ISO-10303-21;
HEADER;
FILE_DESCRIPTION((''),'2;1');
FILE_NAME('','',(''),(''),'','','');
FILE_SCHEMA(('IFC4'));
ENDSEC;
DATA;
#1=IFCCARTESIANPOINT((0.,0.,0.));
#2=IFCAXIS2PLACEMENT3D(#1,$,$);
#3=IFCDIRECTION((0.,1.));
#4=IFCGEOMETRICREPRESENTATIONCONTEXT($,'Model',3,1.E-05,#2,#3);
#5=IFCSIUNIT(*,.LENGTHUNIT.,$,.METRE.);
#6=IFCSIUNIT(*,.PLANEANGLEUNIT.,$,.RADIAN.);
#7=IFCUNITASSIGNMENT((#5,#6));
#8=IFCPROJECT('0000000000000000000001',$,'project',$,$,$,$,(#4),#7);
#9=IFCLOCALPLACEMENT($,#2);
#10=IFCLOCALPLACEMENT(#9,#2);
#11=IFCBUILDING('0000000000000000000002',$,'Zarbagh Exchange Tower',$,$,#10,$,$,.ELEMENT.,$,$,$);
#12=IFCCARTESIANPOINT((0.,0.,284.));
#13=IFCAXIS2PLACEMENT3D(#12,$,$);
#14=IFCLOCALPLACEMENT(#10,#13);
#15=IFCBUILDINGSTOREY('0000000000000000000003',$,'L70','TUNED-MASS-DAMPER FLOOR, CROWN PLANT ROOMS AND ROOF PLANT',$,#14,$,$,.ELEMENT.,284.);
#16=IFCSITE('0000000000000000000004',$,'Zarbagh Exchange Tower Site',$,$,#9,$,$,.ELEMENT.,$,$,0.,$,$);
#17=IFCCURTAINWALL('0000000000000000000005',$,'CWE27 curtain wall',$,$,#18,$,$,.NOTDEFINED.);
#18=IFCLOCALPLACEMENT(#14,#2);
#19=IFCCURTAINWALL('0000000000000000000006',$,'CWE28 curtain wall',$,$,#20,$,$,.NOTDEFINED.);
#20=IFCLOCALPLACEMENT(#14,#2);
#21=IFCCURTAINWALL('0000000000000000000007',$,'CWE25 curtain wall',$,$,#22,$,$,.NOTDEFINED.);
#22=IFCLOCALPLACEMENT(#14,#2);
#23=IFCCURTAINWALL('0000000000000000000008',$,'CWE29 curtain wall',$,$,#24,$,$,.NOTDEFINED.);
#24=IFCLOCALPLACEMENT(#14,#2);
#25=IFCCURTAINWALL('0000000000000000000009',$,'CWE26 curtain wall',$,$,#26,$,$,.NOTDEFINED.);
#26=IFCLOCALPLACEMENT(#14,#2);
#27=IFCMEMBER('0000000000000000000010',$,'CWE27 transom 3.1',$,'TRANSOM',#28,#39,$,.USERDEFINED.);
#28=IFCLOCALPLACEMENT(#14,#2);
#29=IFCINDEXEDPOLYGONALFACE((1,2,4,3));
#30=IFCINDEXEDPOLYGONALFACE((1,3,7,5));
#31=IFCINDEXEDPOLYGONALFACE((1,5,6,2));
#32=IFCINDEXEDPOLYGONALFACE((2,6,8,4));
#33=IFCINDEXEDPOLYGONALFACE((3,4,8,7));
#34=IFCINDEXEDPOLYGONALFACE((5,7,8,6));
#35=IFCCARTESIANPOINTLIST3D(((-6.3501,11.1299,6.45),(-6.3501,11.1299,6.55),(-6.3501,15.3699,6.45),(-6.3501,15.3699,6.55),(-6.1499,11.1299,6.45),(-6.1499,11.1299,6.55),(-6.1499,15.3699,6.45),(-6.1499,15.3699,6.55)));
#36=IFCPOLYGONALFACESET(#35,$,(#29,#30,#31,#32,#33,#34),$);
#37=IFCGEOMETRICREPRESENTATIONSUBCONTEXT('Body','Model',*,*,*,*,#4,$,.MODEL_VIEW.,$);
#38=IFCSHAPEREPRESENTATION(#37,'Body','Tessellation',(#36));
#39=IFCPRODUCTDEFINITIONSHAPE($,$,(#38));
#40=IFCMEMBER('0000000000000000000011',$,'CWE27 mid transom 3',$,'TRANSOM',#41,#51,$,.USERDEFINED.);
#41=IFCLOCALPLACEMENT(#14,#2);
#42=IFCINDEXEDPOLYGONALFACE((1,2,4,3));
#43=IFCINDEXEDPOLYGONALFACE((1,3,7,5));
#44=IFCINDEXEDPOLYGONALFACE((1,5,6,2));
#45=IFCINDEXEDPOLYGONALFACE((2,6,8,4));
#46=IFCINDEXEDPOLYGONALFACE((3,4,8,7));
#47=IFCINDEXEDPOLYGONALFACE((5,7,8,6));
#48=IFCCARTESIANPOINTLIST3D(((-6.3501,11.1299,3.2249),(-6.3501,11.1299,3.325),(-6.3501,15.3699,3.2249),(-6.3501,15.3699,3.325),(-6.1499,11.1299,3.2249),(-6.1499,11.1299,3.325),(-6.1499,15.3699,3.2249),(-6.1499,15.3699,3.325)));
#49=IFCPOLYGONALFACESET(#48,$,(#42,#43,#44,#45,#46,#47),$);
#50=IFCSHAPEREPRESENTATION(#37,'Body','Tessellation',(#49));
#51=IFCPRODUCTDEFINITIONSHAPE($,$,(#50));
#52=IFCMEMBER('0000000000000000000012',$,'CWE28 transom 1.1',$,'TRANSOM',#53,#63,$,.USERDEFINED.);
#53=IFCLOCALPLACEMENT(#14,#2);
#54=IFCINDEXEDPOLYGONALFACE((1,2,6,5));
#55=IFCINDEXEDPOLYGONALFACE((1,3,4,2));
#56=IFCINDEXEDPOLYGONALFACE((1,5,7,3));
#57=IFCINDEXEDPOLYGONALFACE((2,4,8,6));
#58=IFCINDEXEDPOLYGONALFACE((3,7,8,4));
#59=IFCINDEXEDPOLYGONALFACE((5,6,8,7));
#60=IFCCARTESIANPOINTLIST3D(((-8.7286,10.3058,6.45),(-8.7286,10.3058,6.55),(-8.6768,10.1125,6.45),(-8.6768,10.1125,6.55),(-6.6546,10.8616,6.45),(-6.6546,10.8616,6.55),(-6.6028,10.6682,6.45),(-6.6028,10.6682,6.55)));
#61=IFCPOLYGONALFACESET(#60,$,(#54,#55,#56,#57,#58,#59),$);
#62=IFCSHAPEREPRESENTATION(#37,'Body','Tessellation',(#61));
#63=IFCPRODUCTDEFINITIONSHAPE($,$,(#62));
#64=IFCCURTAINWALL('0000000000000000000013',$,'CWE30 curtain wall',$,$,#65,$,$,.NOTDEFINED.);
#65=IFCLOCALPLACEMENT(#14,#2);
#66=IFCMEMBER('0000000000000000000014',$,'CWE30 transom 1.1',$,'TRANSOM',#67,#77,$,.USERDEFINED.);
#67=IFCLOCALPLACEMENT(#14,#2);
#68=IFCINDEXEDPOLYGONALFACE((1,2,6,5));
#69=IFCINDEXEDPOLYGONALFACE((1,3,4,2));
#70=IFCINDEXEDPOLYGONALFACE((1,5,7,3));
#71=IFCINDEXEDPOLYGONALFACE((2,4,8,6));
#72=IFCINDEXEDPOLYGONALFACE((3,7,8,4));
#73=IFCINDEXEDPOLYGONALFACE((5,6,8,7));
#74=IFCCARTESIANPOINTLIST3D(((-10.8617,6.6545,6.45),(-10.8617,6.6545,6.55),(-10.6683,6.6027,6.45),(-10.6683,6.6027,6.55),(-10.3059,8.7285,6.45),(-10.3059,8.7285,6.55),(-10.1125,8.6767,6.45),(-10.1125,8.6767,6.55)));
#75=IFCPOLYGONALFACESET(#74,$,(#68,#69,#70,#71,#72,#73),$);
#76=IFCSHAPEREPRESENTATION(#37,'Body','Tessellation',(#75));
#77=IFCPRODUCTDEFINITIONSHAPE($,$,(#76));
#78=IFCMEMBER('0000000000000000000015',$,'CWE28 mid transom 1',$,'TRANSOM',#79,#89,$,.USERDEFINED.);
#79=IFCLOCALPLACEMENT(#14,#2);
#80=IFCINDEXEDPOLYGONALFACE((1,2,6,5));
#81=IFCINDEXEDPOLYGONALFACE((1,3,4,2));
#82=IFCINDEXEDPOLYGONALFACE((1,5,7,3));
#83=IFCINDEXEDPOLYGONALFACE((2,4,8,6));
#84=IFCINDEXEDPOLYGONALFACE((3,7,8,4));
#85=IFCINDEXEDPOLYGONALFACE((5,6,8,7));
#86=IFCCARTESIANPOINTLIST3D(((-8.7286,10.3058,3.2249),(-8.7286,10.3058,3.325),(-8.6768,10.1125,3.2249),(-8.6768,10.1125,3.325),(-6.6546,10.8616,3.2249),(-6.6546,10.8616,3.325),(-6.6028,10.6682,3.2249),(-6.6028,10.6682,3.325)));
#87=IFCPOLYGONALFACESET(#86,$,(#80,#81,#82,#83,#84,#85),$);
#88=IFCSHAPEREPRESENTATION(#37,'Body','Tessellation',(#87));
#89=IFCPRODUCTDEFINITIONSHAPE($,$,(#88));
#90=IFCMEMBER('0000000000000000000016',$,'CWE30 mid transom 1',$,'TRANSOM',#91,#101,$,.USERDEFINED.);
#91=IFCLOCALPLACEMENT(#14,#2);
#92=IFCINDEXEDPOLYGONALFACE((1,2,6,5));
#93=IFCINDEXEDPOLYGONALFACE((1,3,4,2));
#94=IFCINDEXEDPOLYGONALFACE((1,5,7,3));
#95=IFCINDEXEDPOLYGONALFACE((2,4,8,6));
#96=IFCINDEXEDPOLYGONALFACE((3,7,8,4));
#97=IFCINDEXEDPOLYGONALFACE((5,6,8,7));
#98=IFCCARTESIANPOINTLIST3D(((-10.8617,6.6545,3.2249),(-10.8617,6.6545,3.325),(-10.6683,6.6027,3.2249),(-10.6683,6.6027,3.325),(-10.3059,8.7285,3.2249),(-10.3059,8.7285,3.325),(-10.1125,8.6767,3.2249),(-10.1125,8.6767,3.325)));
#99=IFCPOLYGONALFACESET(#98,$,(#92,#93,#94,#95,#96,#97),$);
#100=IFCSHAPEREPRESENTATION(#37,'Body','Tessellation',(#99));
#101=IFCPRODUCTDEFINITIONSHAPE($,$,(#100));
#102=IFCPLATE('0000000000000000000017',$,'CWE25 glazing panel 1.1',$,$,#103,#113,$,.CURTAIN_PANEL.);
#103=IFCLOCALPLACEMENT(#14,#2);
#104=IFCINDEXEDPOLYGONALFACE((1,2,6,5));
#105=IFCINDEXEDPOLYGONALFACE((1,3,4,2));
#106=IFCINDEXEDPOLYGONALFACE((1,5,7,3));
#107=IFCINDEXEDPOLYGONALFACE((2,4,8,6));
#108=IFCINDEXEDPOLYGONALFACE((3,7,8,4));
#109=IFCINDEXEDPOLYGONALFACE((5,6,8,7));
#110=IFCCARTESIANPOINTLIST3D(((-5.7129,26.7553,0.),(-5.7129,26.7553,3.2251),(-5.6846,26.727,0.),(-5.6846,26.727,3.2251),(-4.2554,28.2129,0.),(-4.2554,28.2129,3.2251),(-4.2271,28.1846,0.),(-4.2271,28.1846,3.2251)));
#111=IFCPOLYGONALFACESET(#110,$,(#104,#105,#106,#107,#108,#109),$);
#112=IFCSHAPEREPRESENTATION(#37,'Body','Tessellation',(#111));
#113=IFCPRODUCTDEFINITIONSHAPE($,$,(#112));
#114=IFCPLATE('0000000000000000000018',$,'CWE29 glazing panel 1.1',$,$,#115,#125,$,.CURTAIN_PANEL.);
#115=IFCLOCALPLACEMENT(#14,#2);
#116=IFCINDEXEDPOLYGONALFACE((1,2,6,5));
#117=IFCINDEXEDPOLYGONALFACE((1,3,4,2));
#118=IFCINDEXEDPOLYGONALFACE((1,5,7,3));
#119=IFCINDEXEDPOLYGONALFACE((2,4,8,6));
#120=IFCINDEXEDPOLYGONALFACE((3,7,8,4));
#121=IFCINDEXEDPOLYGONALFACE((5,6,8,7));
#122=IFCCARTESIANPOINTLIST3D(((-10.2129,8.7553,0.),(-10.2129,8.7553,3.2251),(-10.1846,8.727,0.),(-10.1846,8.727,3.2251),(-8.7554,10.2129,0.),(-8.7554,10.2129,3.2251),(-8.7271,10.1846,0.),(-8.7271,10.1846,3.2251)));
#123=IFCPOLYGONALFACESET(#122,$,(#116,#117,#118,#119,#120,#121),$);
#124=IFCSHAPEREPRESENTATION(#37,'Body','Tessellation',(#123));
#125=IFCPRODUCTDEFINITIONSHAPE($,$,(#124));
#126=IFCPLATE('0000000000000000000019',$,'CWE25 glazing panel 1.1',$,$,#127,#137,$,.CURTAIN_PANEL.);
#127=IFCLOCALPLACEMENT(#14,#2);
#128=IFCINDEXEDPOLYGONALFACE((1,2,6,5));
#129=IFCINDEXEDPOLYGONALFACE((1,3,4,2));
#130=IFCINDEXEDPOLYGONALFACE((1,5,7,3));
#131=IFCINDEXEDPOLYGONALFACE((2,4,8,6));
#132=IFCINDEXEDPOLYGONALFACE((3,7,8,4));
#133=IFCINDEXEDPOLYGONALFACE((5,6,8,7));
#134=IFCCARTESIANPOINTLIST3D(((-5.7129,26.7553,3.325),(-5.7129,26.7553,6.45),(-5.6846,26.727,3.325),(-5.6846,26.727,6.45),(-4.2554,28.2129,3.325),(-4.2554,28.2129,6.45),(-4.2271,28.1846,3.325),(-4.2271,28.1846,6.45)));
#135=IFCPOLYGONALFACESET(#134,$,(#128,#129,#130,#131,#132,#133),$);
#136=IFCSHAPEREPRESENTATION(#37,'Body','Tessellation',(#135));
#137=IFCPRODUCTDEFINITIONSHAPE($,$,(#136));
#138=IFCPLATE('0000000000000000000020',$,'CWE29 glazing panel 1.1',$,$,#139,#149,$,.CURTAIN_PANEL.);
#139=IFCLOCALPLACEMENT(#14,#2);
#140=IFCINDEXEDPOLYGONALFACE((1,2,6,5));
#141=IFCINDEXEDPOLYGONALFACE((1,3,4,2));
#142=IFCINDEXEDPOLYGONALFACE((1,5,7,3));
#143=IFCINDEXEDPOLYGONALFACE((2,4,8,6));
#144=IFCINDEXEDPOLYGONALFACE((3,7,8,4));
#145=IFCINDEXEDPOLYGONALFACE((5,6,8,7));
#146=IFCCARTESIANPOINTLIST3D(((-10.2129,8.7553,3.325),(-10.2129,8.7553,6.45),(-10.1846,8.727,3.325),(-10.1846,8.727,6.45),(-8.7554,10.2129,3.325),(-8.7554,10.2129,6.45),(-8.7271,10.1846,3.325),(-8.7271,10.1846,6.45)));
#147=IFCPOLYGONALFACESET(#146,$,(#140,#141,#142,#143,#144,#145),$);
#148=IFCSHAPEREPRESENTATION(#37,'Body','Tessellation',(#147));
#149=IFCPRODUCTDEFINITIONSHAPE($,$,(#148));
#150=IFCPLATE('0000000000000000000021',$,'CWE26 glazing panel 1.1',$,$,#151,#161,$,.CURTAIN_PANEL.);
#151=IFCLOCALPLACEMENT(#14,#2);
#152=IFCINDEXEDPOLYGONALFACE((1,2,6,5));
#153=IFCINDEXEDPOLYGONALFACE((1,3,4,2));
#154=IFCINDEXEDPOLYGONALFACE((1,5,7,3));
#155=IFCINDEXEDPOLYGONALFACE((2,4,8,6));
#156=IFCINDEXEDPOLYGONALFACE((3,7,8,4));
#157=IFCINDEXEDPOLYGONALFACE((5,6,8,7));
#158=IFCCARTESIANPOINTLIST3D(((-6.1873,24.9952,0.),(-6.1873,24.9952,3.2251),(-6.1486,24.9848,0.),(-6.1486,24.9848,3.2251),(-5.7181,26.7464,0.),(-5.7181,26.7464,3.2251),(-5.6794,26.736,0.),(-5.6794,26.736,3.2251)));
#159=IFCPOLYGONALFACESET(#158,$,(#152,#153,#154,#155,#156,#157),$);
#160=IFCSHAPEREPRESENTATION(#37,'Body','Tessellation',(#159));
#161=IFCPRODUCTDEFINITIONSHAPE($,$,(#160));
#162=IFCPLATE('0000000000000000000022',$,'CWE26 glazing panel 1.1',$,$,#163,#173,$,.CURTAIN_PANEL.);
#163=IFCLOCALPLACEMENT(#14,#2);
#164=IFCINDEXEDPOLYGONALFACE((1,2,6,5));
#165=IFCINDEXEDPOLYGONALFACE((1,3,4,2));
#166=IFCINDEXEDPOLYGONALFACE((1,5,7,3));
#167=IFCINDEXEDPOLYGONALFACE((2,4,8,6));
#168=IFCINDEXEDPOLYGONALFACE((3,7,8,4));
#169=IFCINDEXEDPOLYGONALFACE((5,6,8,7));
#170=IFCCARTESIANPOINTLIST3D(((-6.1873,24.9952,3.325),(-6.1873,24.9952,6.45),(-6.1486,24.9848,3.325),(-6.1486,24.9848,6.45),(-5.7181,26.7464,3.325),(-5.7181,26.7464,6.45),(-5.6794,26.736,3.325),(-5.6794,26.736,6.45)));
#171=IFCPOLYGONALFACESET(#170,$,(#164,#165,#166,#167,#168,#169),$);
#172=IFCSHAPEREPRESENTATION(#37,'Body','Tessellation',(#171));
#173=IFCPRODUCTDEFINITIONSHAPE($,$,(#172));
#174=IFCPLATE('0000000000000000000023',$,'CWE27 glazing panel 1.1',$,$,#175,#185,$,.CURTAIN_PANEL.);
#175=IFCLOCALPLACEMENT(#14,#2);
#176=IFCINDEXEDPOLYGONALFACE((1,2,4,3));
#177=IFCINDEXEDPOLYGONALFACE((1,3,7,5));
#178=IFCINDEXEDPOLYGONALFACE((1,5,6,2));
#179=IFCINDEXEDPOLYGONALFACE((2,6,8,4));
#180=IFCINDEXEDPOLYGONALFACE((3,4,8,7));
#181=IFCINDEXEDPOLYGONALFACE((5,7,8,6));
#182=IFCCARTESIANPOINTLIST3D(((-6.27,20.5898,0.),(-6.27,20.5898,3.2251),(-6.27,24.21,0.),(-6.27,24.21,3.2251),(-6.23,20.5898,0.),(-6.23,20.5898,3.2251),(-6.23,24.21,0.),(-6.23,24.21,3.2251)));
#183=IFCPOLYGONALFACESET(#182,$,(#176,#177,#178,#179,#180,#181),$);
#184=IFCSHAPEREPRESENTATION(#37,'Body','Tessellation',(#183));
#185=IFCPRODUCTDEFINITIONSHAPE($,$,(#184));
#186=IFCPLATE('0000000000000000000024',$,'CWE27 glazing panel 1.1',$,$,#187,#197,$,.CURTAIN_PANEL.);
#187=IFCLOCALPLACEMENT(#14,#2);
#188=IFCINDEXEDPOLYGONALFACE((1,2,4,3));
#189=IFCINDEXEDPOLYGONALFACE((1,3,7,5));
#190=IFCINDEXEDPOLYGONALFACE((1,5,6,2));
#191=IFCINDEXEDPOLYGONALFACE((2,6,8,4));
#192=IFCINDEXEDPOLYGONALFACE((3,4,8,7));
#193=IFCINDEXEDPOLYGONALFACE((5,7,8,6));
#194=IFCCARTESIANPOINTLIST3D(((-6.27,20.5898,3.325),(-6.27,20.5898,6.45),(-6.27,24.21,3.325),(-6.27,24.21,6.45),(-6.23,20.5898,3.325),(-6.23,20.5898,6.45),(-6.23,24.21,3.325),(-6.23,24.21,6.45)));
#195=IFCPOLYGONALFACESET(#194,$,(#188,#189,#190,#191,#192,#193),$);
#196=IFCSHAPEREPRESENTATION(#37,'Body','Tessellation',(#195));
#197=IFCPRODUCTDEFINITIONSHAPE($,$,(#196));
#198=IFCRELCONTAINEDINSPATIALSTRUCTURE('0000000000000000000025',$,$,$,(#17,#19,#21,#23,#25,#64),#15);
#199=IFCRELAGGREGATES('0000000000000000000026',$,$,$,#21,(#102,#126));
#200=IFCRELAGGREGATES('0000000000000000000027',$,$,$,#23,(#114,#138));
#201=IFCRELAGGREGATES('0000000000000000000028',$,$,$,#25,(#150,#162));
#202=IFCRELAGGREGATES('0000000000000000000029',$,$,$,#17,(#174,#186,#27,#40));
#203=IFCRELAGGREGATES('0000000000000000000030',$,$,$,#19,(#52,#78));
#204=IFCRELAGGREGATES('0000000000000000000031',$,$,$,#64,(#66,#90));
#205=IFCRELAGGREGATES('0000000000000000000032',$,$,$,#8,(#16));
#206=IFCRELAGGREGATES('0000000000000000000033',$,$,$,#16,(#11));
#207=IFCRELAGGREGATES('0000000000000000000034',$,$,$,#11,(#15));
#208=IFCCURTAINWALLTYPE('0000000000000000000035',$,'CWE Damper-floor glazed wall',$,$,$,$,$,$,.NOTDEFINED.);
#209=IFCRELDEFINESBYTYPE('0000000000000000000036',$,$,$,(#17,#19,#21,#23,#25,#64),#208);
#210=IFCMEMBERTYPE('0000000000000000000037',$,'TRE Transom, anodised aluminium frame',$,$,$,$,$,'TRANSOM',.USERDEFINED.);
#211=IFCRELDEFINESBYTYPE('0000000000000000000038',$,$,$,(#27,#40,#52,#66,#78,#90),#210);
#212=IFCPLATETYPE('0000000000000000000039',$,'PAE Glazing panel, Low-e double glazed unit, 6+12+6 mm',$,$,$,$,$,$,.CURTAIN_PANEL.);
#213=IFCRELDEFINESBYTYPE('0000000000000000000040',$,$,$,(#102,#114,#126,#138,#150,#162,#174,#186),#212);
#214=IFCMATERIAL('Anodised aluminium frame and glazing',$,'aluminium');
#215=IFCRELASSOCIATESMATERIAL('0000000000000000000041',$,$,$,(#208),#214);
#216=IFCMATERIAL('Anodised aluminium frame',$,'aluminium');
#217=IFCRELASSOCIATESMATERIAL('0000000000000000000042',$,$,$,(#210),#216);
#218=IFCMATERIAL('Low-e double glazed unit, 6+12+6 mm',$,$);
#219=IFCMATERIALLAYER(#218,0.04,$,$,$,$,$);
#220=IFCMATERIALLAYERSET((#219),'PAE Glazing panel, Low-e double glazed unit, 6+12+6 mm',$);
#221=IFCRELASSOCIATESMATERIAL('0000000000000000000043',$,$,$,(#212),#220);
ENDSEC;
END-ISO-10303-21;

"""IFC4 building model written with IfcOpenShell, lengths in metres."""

from ifc_helpers import new_model, si_unit, direction, frame, origin, place, context, subcontext, project, spatial, polyline, outline, extrude, source, transform, mapped, material, layer, layer_set, type_object, element, aggregate, save


model = new_model("IFC4")

# Units and contexts
model_context = context("Model", 3, precision=1e-05, world=origin(), true_north=direction((0.0, 1.0)))
body_context = subcontext(model_context, "Body", "Model", "MODEL_VIEW")
ifc_project = project(units=[si_unit("LENGTHUNIT", "METRE"), si_unit("PLANEANGLEUNIT", "RADIAN")], contexts=[model_context])

# Site, building, storey
site_placement = place(None, origin())
site = spatial("IfcSite", under=ifc_project, at=site_placement, Name="Zarbagh Exchange Tower Site", CompositionType="ELEMENT", RefElevation=0.0)
building_placement = place(site_placement, origin())
building = spatial("IfcBuilding", under=site, at=building_placement, Name="Zarbagh Exchange Tower", CompositionType="ELEMENT")
storey_placement = place(building_placement, frame((0.0, 0.0, 284.0)))
storey = spatial("IfcBuildingStorey", under=building, at=storey_placement, Name="L70", Description="TUNED-MASS-DAMPER FLOOR, CROWN PLANT ROOMS AND ROOF PLANT", CompositionType="ELEMENT", Elevation=284.0)

# Curtain wall
ifc_material_1 = material(Name="Anodised aluminium frame and glazing", Category="aluminium")
curtain_wall_type = type_object("IfcCurtainWallType", Name="CWE Damper-floor glazed wall", PredefinedType="NOTDEFINED", material=ifc_material_1)
curtain_wall_1_placement = place(storey_placement, origin())
curtain_wall_1 = element("IfcCurtainWall", 1, at=curtain_wall_1_placement, inside=storey, type_object=curtain_wall_type, Name="CWE27 curtain wall", PredefinedType="NOTDEFINED")
ifc_material_2 = material(Name="Anodised aluminium frame", Category="aluminium")
placement = place(storey_placement, origin())

# Curtain walls
curtain_wall_2_placement = place(storey_placement, origin())
curtain_wall_2 = element("IfcCurtainWall", 2, at=curtain_wall_2_placement, inside=storey, type_object=curtain_wall_type, Name="CWE28 curtain wall", PredefinedType="NOTDEFINED")
curtain_wall_3_placement = place(storey_placement, origin())
curtain_wall_3 = element("IfcCurtainWall", 3, at=curtain_wall_3_placement, inside=storey, type_object=curtain_wall_type, Name="CWE25 curtain wall", PredefinedType="NOTDEFINED")
member_type_1 = type_object("IfcMemberType", Name="TRE Transom, anodised aluminium frame", ElementType="TRANSOM", PredefinedType="USERDEFINED", material=ifc_material_2)
curtain_wall_4_placement = place(storey_placement, origin())
curtain_wall_4 = element("IfcCurtainWall", 4, at=curtain_wall_4_placement, inside=storey, type_object=curtain_wall_type, Name="CWE29 curtain wall", PredefinedType="NOTDEFINED")

# Curtain wall
curtain_wall_5_placement = place(storey_placement, origin())
curtain_wall_5 = element("IfcCurtainWall", 5, at=curtain_wall_5_placement, inside=storey, type_object=curtain_wall_type, Name="CWE26 curtain wall", PredefinedType="NOTDEFINED")

# Members
shared_shape_1 = source(origin(), body_context, "Body", "SweptSolid", [
    extrude(outline(polyline([(-0.1001, -0.1001), (0.0, -0.1001), (0.0, 0.1001), (-0.1001, 0.1001), (-0.1001, -0.1001)])), origin(), (0.0, 0.0, 1.0), 4.24),
])
member_1 = element("IfcMember", 6, at=placement, type_object=member_type_1, Name="CWE27 transom 3.1", ObjectType="TRANSOM", PredefinedType="USERDEFINED", context=body_context, shape_type="MappedRepresentation", body=[
    mapped(shared_shape_1, transform((-6.25, 15.3699, 6.55), x_axis=(0.0, 0.0, 1.0), y_axis=(-1.0, 0.0, 0.0), z_axis=(0.0, -1.0, 0.0))),
])
shared_shape_2 = source(origin(), body_context, "Body", "SweptSolid", [
    extrude(outline(polyline([(-0.05, -0.1001), (0.05, -0.1001), (0.05, 0.1001), (-0.05, 0.1001), (-0.05, -0.1001)])), origin(), (0.0, 0.0, 1.0), 4.24),
])
member_2 = element("IfcMember", 7, at=placement, type_object=member_type_1, Name="CWE27 mid transom 3", ObjectType="TRANSOM", PredefinedType="USERDEFINED", context=body_context, shape_type="MappedRepresentation", body=[
    mapped(shared_shape_2, transform((-6.25, 15.3699, 3.2749), x_axis=(0.0, 0.0, 1.0), y_axis=(-1.0, 0.0, 0.0), z_axis=(0.0, -1.0, 0.0))),
])
shared_shape_3 = source(origin(), body_context, "Body", "SweptSolid", [
    extrude(outline(polyline([(-0.1001, -0.1001), (0.0, -0.1001), (0.0, 0.1001), (-0.1001, 0.1001), (-0.1001, -0.1001)])), origin(), (0.0, 0.0, 1.0), 2.1472),
])
member_3 = element("IfcMember", 8, at=placement, type_object=member_type_1, Name="CWE28 transom 1.1", ObjectType="TRANSOM", PredefinedType="USERDEFINED", context=body_context, shape_type="MappedRepresentation", body=[
    mapped(shared_shape_3, transform((-6.6287, 10.7649, 6.55), x_axis=(0.0, 0.0, 1.0), y_axis=(-0.258825, 0.965924, 0.0), z_axis=(-0.965924, -0.258825, 0.0))),
])

# Curtain wall, member
curtain_wall_6_placement = place(storey_placement, origin())
curtain_wall_6 = element("IfcCurtainWall", 9, at=curtain_wall_6_placement, inside=storey, type_object=curtain_wall_type, Name="CWE30 curtain wall", PredefinedType="NOTDEFINED")
member_4 = element("IfcMember", 10, at=placement, type_object=member_type_1, Name="CWE30 transom 1.1", ObjectType="TRANSOM", PredefinedType="USERDEFINED", context=body_context, shape_type="MappedRepresentation", body=[
    mapped(shared_shape_3, transform((-10.2092, 8.7026, 6.55), x_axis=(0.0, 0.0, 1.0), y_axis=(-0.965924, 0.258825, 0.0), z_axis=(-0.258825, -0.965924, 0.0))),
])

# Members
shared_shape_4 = source(origin(), body_context, "Body", "SweptSolid", [
    extrude(outline(polyline([(-0.05, -0.1001), (0.05, -0.1001), (0.05, 0.1001), (-0.05, 0.1001), (-0.05, -0.1001)])), origin(), (0.0, 0.0, 1.0), 2.1472),
])
member_5 = element("IfcMember", 11, at=placement, type_object=member_type_1, Name="CWE28 mid transom 1", ObjectType="TRANSOM", PredefinedType="USERDEFINED", context=body_context, shape_type="MappedRepresentation", body=[
    mapped(shared_shape_4, transform((-6.6287, 10.7649, 3.2749), x_axis=(0.0, 0.0, 1.0), y_axis=(-0.258825, 0.965924, 0.0), z_axis=(-0.965924, -0.258825, 0.0))),
])
member_6 = element("IfcMember", 12, at=placement, type_object=member_type_1, Name="CWE30 mid transom 1", ObjectType="TRANSOM", PredefinedType="USERDEFINED", context=body_context, shape_type="MappedRepresentation", body=[
    mapped(shared_shape_4, transform((-10.2092, 8.7026, 3.2749), x_axis=(0.0, 0.0, 1.0), y_axis=(-0.965924, 0.258825, 0.0), z_axis=(-0.258825, -0.965924, 0.0))),
])

# Plates
ifc_material_3 = material(Name="Low-e double glazed unit, 6+12+6 mm")
ifc_layer = layer(ifc_material_3, 0.04)
ifc_layer_set = layer_set([ifc_layer], Name="PAE Glazing panel, Low-e double glazed unit, 6+12+6 mm")
plate_type = type_object("IfcPlateType", Name="PAE Glazing panel, Low-e double glazed unit, 6+12+6 mm", PredefinedType="CURTAIN_PANEL", material=ifc_layer_set)
shared_shape_5 = source(origin(), body_context, "Body", "SweptSolid", [
    extrude(outline(polyline([(0.0, -0.02), (2.0613, -0.02), (2.0613, 0.02), (0.0, 0.02), (0.0, -0.02)])), origin(), (0.0, 0.0, 1.0), 3.2251),
])
plate_1 = element("IfcPlate", 13, at=placement, type_object=plate_type, Name="CWE25 glazing panel 1.1", PredefinedType="CURTAIN_PANEL", context=body_context, shape_type="MappedRepresentation", body=[
    mapped(shared_shape_5, transform((-4.2412, 28.1987, 0.0), x_axis=(-0.707107, -0.707107, 0.0), y_axis=(0.707107, -0.707107, 0.0), z_axis=(0.0, 0.0, 1.0))),
])
plate_2 = element("IfcPlate", 14, at=placement, type_object=plate_type, Name="CWE29 glazing panel 1.1", PredefinedType="CURTAIN_PANEL", context=body_context, shape_type="MappedRepresentation", body=[
    mapped(shared_shape_5, transform((-8.7412, 10.1987, 0.0), x_axis=(-0.707107, -0.707107, 0.0), y_axis=(0.707107, -0.707107, 0.0), z_axis=(0.0, 0.0, 1.0))),
])
shared_shape_6 = source(origin(), body_context, "Body", "SweptSolid", [
    extrude(outline(polyline([(0.0, -0.02), (2.0613, -0.02), (2.0613, 0.02), (0.0, 0.02), (0.0, -0.02)])), origin(), (0.0, 0.0, 1.0), 3.125),
])
plate_3 = element("IfcPlate", 15, at=placement, type_object=plate_type, Name="CWE25 glazing panel 1.1", PredefinedType="CURTAIN_PANEL", context=body_context, shape_type="MappedRepresentation", body=[
    mapped(shared_shape_6, transform((-4.2412, 28.1987, 3.325), x_axis=(-0.707107, -0.707107, 0.0), y_axis=(0.707107, -0.707107, 0.0), z_axis=(0.0, 0.0, 1.0))),
])
aggregate(curtain_wall_3, [plate_1, plate_3])
plate_4 = element("IfcPlate", 16, at=placement, type_object=plate_type, Name="CWE29 glazing panel 1.1", PredefinedType="CURTAIN_PANEL", context=body_context, shape_type="MappedRepresentation", body=[
    mapped(shared_shape_6, transform((-8.7412, 10.1987, 3.325), x_axis=(-0.707107, -0.707107, 0.0), y_axis=(0.707107, -0.707107, 0.0), z_axis=(0.0, 0.0, 1.0))),
])
aggregate(curtain_wall_4, [plate_2, plate_4])
shared_shape_7 = source(origin(), body_context, "Body", "SweptSolid", [
    extrude(outline(polyline([(0.0, -0.02), (1.813, -0.02), (1.813, 0.02), (0.0, 0.02), (0.0, -0.02)])), origin(), (0.0, 0.0, 1.0), 3.2251),
])
plate_5 = element("IfcPlate", 17, at=placement, type_object=plate_type, Name="CWE26 glazing panel 1.1", PredefinedType="CURTAIN_PANEL", context=body_context, shape_type="MappedRepresentation", body=[
    mapped(shared_shape_7, transform((-5.6987, 26.7412, 0.0), x_axis=(-0.258825, -0.965924, 0.0), y_axis=(0.965924, -0.258825, 0.0), z_axis=(0.0, 0.0, 1.0))),
])
shared_shape_8 = source(origin(), body_context, "Body", "SweptSolid", [
    extrude(outline(polyline([(0.0, -0.02), (1.813, -0.02), (1.813, 0.02), (0.0, 0.02), (0.0, -0.02)])), origin(), (0.0, 0.0, 1.0), 3.125),
])
plate_6 = element("IfcPlate", 18, at=placement, type_object=plate_type, Name="CWE26 glazing panel 1.1", PredefinedType="CURTAIN_PANEL", context=body_context, shape_type="MappedRepresentation", body=[
    mapped(shared_shape_8, transform((-5.6987, 26.7412, 3.325), x_axis=(-0.258825, -0.965924, 0.0), y_axis=(0.965924, -0.258825, 0.0), z_axis=(0.0, 0.0, 1.0))),
])
aggregate(curtain_wall_5, [plate_5, plate_6])
shared_shape_9 = source(origin(), body_context, "Body", "SweptSolid", [
    extrude(outline(polyline([(0.0, -0.02), (3.6201, -0.02), (3.6201, 0.02), (0.0, 0.02), (0.0, -0.02)])), origin(), (0.0, 0.0, 1.0), 3.2251),
])
plate_7 = element("IfcPlate", 19, at=placement, type_object=plate_type, Name="CWE27 glazing panel 1.1", PredefinedType="CURTAIN_PANEL", context=body_context, shape_type="MappedRepresentation", body=[
    mapped(shared_shape_9, transform((-6.25, 24.21, 0.0), x_axis=(0.0, -1.0, 0.0), y_axis=(1.0, 0.0, 0.0), z_axis=(0.0, 0.0, 1.0))),
])
shared_shape_10 = source(origin(), body_context, "Body", "SweptSolid", [
    extrude(outline(polyline([(0.0, -0.02), (3.6201, -0.02), (3.6201, 0.02), (0.0, 0.02), (0.0, -0.02)])), origin(), (0.0, 0.0, 1.0), 3.125),
])
plate_8 = element("IfcPlate", 20, at=placement, type_object=plate_type, Name="CWE27 glazing panel 1.1", PredefinedType="CURTAIN_PANEL", context=body_context, shape_type="MappedRepresentation", body=[
    mapped(shared_shape_10, transform((-6.25, 24.21, 3.325), x_axis=(0.0, -1.0, 0.0), y_axis=(1.0, 0.0, 0.0), z_axis=(0.0, 0.0, 1.0))),
])
aggregate(curtain_wall_1, [plate_7, plate_8, member_1, member_2])
aggregate(curtain_wall_2, [member_3, member_5])
aggregate(curtain_wall_6, [member_4, member_6])

save(model, "model.ifc")
